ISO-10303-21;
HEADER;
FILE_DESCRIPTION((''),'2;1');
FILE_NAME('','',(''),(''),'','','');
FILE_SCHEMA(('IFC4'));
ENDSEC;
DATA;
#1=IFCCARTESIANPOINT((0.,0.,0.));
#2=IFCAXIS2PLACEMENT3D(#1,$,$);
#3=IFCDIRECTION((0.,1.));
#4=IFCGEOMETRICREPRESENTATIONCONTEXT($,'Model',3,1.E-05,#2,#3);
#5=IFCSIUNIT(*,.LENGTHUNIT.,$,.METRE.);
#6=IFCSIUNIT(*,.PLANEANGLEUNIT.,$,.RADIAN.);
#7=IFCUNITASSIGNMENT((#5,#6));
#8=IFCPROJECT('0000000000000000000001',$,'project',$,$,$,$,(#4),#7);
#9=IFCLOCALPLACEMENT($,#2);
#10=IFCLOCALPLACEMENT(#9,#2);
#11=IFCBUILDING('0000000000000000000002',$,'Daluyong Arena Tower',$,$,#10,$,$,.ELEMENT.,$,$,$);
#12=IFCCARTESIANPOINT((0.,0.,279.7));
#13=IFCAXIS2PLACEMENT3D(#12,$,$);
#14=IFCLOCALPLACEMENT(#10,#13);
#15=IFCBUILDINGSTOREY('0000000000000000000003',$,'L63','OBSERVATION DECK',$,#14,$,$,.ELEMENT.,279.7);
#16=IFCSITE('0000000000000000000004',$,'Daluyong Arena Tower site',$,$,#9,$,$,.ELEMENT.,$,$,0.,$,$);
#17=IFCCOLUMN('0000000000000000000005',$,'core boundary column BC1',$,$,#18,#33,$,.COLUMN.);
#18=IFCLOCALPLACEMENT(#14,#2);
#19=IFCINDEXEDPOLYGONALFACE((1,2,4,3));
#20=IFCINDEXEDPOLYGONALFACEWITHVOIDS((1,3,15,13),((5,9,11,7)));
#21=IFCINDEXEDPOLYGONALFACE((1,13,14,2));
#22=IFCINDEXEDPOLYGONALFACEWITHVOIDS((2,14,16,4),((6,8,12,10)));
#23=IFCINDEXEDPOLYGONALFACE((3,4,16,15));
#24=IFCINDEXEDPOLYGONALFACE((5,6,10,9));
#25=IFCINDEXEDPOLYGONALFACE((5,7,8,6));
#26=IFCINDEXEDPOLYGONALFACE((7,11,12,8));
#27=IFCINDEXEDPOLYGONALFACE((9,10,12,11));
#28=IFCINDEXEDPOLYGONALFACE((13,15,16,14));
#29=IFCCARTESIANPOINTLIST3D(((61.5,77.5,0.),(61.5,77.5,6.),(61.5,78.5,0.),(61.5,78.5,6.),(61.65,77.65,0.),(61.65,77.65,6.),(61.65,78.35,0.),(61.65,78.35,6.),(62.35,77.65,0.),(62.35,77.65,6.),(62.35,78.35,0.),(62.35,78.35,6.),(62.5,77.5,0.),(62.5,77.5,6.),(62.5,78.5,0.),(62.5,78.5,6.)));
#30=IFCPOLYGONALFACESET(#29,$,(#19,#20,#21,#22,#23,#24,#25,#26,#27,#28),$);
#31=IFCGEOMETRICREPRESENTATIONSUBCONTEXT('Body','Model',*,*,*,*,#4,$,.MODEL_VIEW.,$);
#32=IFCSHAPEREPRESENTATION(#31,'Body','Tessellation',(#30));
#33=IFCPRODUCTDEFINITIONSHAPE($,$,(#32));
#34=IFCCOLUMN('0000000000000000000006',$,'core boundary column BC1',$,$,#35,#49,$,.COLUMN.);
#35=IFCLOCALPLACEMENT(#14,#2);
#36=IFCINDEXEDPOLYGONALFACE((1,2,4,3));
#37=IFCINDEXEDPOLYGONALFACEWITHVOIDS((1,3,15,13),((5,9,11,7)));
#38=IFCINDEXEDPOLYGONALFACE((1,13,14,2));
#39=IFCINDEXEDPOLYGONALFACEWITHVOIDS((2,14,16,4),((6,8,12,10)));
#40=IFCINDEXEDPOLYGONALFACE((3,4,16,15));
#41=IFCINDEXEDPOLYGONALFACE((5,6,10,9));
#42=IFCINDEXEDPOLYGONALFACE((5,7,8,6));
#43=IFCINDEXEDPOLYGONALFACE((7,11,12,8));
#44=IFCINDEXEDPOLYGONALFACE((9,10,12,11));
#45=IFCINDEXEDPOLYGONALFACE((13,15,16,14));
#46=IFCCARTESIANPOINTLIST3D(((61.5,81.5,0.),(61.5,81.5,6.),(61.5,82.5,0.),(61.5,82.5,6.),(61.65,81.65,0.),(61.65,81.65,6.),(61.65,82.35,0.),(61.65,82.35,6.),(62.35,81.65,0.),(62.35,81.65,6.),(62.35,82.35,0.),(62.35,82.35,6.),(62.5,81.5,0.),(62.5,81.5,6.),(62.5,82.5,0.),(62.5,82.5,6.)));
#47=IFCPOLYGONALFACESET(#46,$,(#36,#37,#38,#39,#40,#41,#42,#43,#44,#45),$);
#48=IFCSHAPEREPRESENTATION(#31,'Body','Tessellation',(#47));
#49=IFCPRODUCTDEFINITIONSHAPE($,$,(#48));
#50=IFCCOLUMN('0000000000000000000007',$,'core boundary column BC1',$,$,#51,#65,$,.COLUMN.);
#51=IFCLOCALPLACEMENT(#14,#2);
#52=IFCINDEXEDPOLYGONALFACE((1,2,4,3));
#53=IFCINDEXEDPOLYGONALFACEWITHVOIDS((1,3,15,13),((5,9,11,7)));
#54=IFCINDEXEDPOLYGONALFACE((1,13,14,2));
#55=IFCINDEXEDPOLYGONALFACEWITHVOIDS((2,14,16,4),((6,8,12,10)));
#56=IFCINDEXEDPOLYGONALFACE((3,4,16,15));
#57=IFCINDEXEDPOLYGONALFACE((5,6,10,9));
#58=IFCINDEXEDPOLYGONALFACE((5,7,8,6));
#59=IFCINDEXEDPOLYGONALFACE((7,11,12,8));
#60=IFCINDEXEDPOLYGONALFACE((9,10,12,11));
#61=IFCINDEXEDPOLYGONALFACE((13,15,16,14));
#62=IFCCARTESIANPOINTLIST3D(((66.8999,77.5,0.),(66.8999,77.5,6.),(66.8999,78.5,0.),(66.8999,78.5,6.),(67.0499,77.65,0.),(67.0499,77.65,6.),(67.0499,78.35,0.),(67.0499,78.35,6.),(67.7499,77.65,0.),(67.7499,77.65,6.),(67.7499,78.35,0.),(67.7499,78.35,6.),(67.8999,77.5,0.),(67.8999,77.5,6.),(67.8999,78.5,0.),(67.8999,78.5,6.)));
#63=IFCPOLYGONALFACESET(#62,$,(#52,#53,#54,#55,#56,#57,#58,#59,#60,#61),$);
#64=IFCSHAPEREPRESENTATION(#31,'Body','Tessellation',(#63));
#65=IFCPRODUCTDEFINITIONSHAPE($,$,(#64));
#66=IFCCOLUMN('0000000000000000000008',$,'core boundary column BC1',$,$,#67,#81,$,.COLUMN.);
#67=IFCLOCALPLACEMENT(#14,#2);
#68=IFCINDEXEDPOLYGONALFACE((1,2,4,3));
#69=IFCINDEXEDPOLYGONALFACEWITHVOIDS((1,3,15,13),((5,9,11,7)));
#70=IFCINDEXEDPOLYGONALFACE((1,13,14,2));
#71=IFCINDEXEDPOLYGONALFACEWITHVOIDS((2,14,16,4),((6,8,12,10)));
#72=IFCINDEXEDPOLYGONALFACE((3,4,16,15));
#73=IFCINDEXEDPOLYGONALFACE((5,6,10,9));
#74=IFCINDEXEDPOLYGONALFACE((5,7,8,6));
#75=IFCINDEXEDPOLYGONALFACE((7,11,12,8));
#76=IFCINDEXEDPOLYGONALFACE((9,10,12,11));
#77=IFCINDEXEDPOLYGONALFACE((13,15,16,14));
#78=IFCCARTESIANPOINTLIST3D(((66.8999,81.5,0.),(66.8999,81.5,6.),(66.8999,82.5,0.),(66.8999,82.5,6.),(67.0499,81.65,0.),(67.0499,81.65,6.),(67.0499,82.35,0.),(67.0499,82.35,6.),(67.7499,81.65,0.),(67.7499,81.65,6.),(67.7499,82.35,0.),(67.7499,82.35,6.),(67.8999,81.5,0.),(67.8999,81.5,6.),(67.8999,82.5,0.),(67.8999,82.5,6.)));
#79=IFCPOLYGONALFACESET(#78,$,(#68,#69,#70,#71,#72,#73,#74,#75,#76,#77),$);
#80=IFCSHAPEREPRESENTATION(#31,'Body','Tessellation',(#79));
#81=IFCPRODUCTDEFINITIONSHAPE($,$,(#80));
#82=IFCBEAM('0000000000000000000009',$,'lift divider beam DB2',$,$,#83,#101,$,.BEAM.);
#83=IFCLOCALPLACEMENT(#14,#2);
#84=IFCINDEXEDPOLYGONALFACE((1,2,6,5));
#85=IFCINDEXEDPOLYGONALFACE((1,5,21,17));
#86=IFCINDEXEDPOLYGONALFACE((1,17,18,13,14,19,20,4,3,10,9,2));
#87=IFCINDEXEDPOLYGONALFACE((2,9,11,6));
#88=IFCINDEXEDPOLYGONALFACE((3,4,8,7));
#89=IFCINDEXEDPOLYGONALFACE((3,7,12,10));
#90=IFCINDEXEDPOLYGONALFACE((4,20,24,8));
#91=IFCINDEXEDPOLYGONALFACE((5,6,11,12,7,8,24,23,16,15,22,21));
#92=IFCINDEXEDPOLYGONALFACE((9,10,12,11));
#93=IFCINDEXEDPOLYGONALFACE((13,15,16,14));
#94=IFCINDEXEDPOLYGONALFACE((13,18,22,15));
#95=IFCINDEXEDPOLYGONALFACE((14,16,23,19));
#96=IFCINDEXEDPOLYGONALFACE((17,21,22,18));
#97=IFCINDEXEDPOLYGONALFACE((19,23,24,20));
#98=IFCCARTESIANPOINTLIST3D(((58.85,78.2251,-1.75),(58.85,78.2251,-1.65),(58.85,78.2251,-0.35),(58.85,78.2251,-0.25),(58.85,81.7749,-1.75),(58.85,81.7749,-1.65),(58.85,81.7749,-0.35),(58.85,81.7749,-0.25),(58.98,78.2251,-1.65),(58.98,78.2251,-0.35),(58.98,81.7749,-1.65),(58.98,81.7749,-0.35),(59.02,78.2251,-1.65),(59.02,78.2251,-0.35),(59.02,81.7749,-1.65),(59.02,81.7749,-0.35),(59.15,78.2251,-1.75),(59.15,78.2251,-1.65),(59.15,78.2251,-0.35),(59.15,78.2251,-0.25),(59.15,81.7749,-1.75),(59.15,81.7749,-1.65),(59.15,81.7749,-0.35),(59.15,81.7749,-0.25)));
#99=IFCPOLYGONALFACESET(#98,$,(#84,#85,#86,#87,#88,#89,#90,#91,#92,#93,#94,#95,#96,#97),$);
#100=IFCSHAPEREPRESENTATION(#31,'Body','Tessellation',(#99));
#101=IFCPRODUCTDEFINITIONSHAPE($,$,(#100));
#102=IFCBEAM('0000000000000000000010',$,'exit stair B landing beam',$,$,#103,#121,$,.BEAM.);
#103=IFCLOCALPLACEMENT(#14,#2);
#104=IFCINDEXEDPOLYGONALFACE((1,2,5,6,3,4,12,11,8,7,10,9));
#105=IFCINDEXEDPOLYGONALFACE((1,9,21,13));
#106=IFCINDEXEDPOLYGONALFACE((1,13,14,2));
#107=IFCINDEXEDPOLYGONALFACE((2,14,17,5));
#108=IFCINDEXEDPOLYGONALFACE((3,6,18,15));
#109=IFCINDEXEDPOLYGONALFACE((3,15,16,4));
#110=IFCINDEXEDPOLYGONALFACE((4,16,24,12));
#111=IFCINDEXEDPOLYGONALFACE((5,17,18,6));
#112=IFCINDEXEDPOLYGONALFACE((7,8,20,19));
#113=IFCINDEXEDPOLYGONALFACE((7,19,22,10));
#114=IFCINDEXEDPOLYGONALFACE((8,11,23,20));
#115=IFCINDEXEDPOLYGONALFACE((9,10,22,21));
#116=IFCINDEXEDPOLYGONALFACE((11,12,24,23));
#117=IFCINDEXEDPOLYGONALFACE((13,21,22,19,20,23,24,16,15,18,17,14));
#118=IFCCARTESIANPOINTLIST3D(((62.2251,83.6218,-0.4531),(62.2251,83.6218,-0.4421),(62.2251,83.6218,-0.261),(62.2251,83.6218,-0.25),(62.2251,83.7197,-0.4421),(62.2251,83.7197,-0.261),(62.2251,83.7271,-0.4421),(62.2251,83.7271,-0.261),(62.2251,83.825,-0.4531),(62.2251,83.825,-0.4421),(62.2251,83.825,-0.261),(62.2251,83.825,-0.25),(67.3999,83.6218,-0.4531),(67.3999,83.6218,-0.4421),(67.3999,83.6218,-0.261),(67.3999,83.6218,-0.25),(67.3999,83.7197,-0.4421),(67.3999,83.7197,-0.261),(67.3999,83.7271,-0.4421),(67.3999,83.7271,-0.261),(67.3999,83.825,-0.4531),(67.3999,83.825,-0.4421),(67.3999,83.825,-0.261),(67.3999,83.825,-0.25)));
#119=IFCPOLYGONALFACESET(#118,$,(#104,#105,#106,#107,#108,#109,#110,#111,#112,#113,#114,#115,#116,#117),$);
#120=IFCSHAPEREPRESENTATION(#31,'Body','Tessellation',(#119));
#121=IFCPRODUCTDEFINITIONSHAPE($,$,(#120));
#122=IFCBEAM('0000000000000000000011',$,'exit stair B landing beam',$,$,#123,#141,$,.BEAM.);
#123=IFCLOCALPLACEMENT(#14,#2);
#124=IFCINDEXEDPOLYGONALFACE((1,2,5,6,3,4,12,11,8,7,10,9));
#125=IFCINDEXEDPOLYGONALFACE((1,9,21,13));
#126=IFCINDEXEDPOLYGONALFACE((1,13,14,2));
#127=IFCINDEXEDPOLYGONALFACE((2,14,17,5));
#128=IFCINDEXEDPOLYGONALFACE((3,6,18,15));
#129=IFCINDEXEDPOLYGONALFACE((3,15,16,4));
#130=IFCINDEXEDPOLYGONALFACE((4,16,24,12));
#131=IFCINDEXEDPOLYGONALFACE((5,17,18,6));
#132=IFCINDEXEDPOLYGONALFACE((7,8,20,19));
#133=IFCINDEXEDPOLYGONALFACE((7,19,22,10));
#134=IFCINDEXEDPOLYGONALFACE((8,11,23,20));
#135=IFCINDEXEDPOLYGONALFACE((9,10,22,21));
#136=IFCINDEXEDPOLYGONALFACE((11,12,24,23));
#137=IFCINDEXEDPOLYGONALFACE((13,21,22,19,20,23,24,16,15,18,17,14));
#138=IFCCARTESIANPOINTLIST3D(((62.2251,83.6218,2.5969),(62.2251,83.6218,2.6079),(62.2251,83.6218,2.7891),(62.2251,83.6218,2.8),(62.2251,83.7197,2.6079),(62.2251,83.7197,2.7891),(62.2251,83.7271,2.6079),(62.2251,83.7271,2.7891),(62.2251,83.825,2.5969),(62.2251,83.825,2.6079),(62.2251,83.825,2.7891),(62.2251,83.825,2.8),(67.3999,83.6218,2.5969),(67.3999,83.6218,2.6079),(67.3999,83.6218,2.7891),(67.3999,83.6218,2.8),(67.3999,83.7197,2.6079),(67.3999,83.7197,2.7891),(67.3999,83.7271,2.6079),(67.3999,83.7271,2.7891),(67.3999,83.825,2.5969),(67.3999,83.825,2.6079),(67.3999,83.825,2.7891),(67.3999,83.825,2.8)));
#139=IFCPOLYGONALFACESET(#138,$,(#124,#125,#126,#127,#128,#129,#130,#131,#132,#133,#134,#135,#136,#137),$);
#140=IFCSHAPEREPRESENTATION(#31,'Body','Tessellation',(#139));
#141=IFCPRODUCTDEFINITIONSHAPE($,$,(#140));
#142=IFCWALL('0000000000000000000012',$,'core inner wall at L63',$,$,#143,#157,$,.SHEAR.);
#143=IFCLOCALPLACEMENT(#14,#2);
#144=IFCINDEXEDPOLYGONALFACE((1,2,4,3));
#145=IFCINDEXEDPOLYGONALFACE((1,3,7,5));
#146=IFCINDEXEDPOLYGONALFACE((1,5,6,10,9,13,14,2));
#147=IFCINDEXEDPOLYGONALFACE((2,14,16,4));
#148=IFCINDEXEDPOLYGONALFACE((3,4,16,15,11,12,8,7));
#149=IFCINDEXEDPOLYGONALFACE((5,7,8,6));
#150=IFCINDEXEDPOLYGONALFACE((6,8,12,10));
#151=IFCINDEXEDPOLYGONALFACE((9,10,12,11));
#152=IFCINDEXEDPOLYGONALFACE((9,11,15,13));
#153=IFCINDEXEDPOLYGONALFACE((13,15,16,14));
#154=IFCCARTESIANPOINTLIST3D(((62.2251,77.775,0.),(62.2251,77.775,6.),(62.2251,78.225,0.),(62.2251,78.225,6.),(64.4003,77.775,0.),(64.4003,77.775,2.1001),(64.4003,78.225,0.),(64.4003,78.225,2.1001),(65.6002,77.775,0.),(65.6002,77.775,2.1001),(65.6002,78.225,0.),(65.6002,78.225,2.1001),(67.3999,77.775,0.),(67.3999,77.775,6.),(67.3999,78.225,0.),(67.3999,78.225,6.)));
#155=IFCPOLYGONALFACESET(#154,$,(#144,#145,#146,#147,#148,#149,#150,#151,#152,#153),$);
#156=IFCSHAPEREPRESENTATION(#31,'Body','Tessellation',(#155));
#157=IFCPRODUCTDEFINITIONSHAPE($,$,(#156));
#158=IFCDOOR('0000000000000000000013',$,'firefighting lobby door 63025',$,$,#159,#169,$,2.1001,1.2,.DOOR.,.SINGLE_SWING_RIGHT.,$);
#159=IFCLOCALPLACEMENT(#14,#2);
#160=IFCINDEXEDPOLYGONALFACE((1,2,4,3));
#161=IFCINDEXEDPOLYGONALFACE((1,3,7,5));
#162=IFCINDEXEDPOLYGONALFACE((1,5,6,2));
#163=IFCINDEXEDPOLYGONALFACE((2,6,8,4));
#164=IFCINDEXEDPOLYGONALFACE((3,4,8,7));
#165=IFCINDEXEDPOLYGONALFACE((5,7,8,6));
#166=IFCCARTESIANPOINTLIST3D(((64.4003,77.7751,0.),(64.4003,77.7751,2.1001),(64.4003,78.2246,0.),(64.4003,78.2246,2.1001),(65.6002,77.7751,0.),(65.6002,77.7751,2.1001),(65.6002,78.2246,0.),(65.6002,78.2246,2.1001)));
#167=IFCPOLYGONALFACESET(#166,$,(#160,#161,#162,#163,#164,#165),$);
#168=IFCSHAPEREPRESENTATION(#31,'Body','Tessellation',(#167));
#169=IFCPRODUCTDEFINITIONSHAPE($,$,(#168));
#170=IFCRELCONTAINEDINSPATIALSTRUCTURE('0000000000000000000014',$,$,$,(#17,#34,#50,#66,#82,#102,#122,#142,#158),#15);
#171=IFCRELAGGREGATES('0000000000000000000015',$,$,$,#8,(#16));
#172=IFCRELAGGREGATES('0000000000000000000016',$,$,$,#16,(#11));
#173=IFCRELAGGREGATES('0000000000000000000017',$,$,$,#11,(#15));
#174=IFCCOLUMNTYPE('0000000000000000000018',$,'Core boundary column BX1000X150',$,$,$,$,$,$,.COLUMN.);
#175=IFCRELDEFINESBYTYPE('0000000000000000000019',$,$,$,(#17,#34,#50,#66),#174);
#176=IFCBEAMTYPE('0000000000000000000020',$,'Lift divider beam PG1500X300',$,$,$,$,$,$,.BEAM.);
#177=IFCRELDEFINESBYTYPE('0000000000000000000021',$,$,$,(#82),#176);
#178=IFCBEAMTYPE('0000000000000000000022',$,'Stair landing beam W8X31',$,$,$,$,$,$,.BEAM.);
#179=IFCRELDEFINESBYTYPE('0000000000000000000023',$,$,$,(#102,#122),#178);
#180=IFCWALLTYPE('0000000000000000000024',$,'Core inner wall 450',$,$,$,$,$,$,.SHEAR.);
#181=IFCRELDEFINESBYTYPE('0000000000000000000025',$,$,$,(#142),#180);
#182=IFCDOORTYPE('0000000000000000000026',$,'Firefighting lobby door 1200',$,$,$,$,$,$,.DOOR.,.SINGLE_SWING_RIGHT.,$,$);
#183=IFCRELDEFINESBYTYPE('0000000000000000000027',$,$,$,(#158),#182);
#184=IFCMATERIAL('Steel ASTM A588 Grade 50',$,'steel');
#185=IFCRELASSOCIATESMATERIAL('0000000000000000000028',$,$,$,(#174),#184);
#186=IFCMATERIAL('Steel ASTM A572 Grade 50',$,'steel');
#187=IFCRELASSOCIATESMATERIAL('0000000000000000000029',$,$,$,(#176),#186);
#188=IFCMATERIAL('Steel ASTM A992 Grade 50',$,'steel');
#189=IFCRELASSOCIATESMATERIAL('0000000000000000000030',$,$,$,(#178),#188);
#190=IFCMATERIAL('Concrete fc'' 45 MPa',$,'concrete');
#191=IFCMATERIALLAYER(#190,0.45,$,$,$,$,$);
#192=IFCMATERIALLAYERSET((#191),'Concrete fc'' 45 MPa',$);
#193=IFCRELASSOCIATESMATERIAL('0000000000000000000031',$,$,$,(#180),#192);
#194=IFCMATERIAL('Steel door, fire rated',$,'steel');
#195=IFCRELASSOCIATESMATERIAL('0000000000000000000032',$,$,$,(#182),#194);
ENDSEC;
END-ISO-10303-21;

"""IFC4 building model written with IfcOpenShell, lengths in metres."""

from ifc_helpers import new_model, si_unit, direction, frame, frame_2d, origin, origin_2d, place, context, subcontext, project, spatial, rectangle, hollow_rectangle, i_section, extrude, material, layer, layer_set, material_profile, profile_set, type_object, element, fill, save


model = new_model("IFC4")

# Units and contexts
model_context = context("Model", 3, precision=1e-05, world=origin(), true_north=direction((0.0, 1.0)))
body_context = subcontext(model_context, "Body", "Model", "MODEL_VIEW")
ifc_project = project(units=[si_unit("LENGTHUNIT", "METRE"), si_unit("PLANEANGLEUNIT", "RADIAN")], contexts=[model_context])

# Site, building, storey
site_placement = place(None, origin())
site = spatial("IfcSite", under=ifc_project, at=site_placement, Name="Daluyong Arena Tower site", CompositionType="ELEMENT", RefElevation=0.0)
building_placement = place(site_placement, origin())
building = spatial("IfcBuilding", under=site, at=building_placement, Name="Daluyong Arena Tower", CompositionType="ELEMENT")
storey_placement = place(building_placement, frame((0.0, 0.0, 279.7)))
storey = spatial("IfcBuildingStorey", under=building, at=storey_placement, Name="L63", Description="OBSERVATION DECK", CompositionType="ELEMENT", Elevation=279.7)

# Columns
ifc_material_1 = material(Name="Steel ASTM A588 Grade 50", Category="steel")
ifc_material_profile_1 = material_profile(ifc_material_1, hollow_rectangle(XDim=1.0, YDim=1.0, WallThickness=0.15, at=origin_2d()))
ifc_profile_set_1 = profile_set([ifc_material_profile_1], Name="Steel ASTM A588 Grade 50")
column_type = type_object("IfcColumnType", Name="Core boundary column BX1000X150", PredefinedType="COLUMN", material=ifc_profile_set_1)
for number, where, z_axis, x_axis, name in (
    (1, (62.0, 78.0, 0.0), (0.0, 0.0, 1.0), (1.0, 0.0, 0.0), "core boundary column BC1"),
    (2, (62.0, 82.0, 0.0), (0.0, 0.0, 1.0), (1.0, 0.0, 0.0), "core boundary column BC1"),
    (3, (67.3999, 78.0, 0.0), (0.0, 0.0, 1.0), (1.0, 0.0, 0.0), "core boundary column BC1"),
    (4, (67.3999, 82.0, 0.0), (0.0, 0.0, 1.0), (1.0, 0.0, 0.0), "core boundary column BC1"),
):
    element("IfcColumn", number, at=place(storey_placement, frame(where, z_axis=z_axis, x_axis=x_axis)), inside=storey, type_object=column_type, Name=name, PredefinedType="COLUMN", context=body_context, shape_type="SweptSolid", body=[
        extrude(hollow_rectangle(XDim=1.0, YDim=1.0, WallThickness=0.15, at=origin_2d()), origin(), (0.0, 0.0, 1.0), 6.0),
    ])

# Beams
ifc_material_2 = material(Name="Steel ASTM A572 Grade 50", Category="steel")
ifc_material_profile_2 = material_profile(ifc_material_2, i_section(OverallWidth=0.3, OverallDepth=1.5, WebThickness=0.04, FlangeThickness=0.1, at=origin_2d()))
ifc_profile_set_2 = profile_set([ifc_material_profile_2], Name="Steel ASTM A572 Grade 50")
beam_type_1 = type_object("IfcBeamType", Name="Lift divider beam PG1500X300", PredefinedType="BEAM", material=ifc_profile_set_2)
beam_placement = place(storey_placement, frame((59.0, 78.2251, -1.0), z_axis=(0.0, 1.0, 0.0), x_axis=(-1.0, 0.0, 0.0)))
element("IfcBeam", 5, at=beam_placement, inside=storey, type_object=beam_type_1, Name="lift divider beam DB2", PredefinedType="BEAM", context=body_context, shape_type="SweptSolid", body=[
    extrude(i_section(OverallWidth=0.3, OverallDepth=1.5, WebThickness=0.04, FlangeThickness=0.1, at=origin_2d()), origin(), (0.0, 0.0, 1.0), 3.5498),
])
ifc_material_3 = material(Name="Steel ASTM A992 Grade 50", Category="steel")
ifc_material_profile_3 = material_profile(ifc_material_3, i_section(OverallWidth=0.2031, OverallDepth=0.2031, WebThickness=0.0073, FlangeThickness=0.011, at=origin_2d()))
ifc_profile_set_3 = profile_set([ifc_material_profile_3], Name="Steel ASTM A992 Grade 50")
beam_type_2 = type_object("IfcBeamType", Name="Stair landing beam W8X31", PredefinedType="BEAM", material=ifc_profile_set_3)
for number, where, z_axis, x_axis, name in (
    (6, (62.2251, 83.7234, -0.3516), (1.0, 0.0, 0.0), (0.0, 1.0, 0.0), "exit stair B landing beam"),
    (7, (62.2251, 83.7234, 2.6985), (1.0, 0.0, 0.0), (0.0, 1.0, 0.0), "exit stair B landing beam"),
):
    element("IfcBeam", number, at=place(storey_placement, frame(where, z_axis=z_axis, x_axis=x_axis)), inside=storey, type_object=beam_type_2, Name=name, PredefinedType="BEAM", context=body_context, shape_type="SweptSolid", body=[
        extrude(i_section(OverallWidth=0.2031, OverallDepth=0.2031, WebThickness=0.0073, FlangeThickness=0.011, at=origin_2d()), origin(), (0.0, 0.0, 1.0), 5.1748),
    ])

# Wall, opening, door
ifc_material_4 = material(Name="Concrete fc' 45 MPa", Category="concrete")
ifc_layer_1 = layer(ifc_material_4, 0.45)
ifc_layer_set_1 = layer_set([ifc_layer_1], Name="Concrete fc' 45 MPa")
wall_type_1 = type_object("IfcWallType", Name="Core inner wall 450", PredefinedType="SHEAR", material=ifc_layer_set_1)
wall_1_placement = place(storey_placement, frame((62.2251, 78.0, 0.0), z_axis=(0.0, 0.0, 1.0), x_axis=(1.0, 0.0, 0.0)))
wall_1 = element("IfcWall", 8, at=wall_1_placement, inside=storey, type_object=wall_type_1, Name="core inner wall at L63", PredefinedType="SHEAR", context=body_context, shape_type="SweptSolid", body=[
    extrude(rectangle(XDim=5.1748, YDim=0.45, at=frame_2d((2.5874, 0.0))), origin(), (0.0, 0.0, 1.0), 6.0),
])
opening_1_placement = place(wall_1_placement, frame((2.175, 0.0, 0.0)))
opening_1 = element("IfcOpeningElement", 9, at=opening_1_placement, cuts=wall_1, PredefinedType="OPENING", context=body_context, shape_type="SweptSolid", body=[
    extrude(rectangle(XDim=1.2, YDim=2.1001, at=frame_2d((0.6001, 1.05))), frame((0.0, 0.2349, 0.0), z_axis=(0.0, -1.0, 0.0), x_axis=(1.0, 0.0, 0.0)), (0.0, 0.0, 1.0), 0.47),
])
ifc_material_5 = material(Name="Steel door, fire rated", Category="steel")
door_type_1 = type_object("IfcDoorType", Name="Firefighting lobby door 1200", OperationType="SINGLE_SWING_RIGHT", PredefinedType="DOOR", material=ifc_material_5)
door_1_placement = place(opening_1_placement, origin())
door_1 = element("IfcDoor", 10, at=door_1_placement, inside=storey, type_object=door_type_1, Name="firefighting lobby door 63025", OperationType="SINGLE_SWING_RIGHT", OverallHeight=2.1001, OverallWidth=1.2, PredefinedType="DOOR", context=body_context, shape_type="SweptSolid", body=[
    extrude(rectangle(XDim=1.2, YDim=2.1001, at=frame_2d((0.6001, 1.05))), frame((0.0, 0.2246, 0.0), z_axis=(0.0, -1.0, 0.0), x_axis=(1.0, 0.0, 0.0)), (0.0, 0.0, 1.0), 0.4495),
])
fill(opening_1, door_1)

save(model, "model.ifc")
